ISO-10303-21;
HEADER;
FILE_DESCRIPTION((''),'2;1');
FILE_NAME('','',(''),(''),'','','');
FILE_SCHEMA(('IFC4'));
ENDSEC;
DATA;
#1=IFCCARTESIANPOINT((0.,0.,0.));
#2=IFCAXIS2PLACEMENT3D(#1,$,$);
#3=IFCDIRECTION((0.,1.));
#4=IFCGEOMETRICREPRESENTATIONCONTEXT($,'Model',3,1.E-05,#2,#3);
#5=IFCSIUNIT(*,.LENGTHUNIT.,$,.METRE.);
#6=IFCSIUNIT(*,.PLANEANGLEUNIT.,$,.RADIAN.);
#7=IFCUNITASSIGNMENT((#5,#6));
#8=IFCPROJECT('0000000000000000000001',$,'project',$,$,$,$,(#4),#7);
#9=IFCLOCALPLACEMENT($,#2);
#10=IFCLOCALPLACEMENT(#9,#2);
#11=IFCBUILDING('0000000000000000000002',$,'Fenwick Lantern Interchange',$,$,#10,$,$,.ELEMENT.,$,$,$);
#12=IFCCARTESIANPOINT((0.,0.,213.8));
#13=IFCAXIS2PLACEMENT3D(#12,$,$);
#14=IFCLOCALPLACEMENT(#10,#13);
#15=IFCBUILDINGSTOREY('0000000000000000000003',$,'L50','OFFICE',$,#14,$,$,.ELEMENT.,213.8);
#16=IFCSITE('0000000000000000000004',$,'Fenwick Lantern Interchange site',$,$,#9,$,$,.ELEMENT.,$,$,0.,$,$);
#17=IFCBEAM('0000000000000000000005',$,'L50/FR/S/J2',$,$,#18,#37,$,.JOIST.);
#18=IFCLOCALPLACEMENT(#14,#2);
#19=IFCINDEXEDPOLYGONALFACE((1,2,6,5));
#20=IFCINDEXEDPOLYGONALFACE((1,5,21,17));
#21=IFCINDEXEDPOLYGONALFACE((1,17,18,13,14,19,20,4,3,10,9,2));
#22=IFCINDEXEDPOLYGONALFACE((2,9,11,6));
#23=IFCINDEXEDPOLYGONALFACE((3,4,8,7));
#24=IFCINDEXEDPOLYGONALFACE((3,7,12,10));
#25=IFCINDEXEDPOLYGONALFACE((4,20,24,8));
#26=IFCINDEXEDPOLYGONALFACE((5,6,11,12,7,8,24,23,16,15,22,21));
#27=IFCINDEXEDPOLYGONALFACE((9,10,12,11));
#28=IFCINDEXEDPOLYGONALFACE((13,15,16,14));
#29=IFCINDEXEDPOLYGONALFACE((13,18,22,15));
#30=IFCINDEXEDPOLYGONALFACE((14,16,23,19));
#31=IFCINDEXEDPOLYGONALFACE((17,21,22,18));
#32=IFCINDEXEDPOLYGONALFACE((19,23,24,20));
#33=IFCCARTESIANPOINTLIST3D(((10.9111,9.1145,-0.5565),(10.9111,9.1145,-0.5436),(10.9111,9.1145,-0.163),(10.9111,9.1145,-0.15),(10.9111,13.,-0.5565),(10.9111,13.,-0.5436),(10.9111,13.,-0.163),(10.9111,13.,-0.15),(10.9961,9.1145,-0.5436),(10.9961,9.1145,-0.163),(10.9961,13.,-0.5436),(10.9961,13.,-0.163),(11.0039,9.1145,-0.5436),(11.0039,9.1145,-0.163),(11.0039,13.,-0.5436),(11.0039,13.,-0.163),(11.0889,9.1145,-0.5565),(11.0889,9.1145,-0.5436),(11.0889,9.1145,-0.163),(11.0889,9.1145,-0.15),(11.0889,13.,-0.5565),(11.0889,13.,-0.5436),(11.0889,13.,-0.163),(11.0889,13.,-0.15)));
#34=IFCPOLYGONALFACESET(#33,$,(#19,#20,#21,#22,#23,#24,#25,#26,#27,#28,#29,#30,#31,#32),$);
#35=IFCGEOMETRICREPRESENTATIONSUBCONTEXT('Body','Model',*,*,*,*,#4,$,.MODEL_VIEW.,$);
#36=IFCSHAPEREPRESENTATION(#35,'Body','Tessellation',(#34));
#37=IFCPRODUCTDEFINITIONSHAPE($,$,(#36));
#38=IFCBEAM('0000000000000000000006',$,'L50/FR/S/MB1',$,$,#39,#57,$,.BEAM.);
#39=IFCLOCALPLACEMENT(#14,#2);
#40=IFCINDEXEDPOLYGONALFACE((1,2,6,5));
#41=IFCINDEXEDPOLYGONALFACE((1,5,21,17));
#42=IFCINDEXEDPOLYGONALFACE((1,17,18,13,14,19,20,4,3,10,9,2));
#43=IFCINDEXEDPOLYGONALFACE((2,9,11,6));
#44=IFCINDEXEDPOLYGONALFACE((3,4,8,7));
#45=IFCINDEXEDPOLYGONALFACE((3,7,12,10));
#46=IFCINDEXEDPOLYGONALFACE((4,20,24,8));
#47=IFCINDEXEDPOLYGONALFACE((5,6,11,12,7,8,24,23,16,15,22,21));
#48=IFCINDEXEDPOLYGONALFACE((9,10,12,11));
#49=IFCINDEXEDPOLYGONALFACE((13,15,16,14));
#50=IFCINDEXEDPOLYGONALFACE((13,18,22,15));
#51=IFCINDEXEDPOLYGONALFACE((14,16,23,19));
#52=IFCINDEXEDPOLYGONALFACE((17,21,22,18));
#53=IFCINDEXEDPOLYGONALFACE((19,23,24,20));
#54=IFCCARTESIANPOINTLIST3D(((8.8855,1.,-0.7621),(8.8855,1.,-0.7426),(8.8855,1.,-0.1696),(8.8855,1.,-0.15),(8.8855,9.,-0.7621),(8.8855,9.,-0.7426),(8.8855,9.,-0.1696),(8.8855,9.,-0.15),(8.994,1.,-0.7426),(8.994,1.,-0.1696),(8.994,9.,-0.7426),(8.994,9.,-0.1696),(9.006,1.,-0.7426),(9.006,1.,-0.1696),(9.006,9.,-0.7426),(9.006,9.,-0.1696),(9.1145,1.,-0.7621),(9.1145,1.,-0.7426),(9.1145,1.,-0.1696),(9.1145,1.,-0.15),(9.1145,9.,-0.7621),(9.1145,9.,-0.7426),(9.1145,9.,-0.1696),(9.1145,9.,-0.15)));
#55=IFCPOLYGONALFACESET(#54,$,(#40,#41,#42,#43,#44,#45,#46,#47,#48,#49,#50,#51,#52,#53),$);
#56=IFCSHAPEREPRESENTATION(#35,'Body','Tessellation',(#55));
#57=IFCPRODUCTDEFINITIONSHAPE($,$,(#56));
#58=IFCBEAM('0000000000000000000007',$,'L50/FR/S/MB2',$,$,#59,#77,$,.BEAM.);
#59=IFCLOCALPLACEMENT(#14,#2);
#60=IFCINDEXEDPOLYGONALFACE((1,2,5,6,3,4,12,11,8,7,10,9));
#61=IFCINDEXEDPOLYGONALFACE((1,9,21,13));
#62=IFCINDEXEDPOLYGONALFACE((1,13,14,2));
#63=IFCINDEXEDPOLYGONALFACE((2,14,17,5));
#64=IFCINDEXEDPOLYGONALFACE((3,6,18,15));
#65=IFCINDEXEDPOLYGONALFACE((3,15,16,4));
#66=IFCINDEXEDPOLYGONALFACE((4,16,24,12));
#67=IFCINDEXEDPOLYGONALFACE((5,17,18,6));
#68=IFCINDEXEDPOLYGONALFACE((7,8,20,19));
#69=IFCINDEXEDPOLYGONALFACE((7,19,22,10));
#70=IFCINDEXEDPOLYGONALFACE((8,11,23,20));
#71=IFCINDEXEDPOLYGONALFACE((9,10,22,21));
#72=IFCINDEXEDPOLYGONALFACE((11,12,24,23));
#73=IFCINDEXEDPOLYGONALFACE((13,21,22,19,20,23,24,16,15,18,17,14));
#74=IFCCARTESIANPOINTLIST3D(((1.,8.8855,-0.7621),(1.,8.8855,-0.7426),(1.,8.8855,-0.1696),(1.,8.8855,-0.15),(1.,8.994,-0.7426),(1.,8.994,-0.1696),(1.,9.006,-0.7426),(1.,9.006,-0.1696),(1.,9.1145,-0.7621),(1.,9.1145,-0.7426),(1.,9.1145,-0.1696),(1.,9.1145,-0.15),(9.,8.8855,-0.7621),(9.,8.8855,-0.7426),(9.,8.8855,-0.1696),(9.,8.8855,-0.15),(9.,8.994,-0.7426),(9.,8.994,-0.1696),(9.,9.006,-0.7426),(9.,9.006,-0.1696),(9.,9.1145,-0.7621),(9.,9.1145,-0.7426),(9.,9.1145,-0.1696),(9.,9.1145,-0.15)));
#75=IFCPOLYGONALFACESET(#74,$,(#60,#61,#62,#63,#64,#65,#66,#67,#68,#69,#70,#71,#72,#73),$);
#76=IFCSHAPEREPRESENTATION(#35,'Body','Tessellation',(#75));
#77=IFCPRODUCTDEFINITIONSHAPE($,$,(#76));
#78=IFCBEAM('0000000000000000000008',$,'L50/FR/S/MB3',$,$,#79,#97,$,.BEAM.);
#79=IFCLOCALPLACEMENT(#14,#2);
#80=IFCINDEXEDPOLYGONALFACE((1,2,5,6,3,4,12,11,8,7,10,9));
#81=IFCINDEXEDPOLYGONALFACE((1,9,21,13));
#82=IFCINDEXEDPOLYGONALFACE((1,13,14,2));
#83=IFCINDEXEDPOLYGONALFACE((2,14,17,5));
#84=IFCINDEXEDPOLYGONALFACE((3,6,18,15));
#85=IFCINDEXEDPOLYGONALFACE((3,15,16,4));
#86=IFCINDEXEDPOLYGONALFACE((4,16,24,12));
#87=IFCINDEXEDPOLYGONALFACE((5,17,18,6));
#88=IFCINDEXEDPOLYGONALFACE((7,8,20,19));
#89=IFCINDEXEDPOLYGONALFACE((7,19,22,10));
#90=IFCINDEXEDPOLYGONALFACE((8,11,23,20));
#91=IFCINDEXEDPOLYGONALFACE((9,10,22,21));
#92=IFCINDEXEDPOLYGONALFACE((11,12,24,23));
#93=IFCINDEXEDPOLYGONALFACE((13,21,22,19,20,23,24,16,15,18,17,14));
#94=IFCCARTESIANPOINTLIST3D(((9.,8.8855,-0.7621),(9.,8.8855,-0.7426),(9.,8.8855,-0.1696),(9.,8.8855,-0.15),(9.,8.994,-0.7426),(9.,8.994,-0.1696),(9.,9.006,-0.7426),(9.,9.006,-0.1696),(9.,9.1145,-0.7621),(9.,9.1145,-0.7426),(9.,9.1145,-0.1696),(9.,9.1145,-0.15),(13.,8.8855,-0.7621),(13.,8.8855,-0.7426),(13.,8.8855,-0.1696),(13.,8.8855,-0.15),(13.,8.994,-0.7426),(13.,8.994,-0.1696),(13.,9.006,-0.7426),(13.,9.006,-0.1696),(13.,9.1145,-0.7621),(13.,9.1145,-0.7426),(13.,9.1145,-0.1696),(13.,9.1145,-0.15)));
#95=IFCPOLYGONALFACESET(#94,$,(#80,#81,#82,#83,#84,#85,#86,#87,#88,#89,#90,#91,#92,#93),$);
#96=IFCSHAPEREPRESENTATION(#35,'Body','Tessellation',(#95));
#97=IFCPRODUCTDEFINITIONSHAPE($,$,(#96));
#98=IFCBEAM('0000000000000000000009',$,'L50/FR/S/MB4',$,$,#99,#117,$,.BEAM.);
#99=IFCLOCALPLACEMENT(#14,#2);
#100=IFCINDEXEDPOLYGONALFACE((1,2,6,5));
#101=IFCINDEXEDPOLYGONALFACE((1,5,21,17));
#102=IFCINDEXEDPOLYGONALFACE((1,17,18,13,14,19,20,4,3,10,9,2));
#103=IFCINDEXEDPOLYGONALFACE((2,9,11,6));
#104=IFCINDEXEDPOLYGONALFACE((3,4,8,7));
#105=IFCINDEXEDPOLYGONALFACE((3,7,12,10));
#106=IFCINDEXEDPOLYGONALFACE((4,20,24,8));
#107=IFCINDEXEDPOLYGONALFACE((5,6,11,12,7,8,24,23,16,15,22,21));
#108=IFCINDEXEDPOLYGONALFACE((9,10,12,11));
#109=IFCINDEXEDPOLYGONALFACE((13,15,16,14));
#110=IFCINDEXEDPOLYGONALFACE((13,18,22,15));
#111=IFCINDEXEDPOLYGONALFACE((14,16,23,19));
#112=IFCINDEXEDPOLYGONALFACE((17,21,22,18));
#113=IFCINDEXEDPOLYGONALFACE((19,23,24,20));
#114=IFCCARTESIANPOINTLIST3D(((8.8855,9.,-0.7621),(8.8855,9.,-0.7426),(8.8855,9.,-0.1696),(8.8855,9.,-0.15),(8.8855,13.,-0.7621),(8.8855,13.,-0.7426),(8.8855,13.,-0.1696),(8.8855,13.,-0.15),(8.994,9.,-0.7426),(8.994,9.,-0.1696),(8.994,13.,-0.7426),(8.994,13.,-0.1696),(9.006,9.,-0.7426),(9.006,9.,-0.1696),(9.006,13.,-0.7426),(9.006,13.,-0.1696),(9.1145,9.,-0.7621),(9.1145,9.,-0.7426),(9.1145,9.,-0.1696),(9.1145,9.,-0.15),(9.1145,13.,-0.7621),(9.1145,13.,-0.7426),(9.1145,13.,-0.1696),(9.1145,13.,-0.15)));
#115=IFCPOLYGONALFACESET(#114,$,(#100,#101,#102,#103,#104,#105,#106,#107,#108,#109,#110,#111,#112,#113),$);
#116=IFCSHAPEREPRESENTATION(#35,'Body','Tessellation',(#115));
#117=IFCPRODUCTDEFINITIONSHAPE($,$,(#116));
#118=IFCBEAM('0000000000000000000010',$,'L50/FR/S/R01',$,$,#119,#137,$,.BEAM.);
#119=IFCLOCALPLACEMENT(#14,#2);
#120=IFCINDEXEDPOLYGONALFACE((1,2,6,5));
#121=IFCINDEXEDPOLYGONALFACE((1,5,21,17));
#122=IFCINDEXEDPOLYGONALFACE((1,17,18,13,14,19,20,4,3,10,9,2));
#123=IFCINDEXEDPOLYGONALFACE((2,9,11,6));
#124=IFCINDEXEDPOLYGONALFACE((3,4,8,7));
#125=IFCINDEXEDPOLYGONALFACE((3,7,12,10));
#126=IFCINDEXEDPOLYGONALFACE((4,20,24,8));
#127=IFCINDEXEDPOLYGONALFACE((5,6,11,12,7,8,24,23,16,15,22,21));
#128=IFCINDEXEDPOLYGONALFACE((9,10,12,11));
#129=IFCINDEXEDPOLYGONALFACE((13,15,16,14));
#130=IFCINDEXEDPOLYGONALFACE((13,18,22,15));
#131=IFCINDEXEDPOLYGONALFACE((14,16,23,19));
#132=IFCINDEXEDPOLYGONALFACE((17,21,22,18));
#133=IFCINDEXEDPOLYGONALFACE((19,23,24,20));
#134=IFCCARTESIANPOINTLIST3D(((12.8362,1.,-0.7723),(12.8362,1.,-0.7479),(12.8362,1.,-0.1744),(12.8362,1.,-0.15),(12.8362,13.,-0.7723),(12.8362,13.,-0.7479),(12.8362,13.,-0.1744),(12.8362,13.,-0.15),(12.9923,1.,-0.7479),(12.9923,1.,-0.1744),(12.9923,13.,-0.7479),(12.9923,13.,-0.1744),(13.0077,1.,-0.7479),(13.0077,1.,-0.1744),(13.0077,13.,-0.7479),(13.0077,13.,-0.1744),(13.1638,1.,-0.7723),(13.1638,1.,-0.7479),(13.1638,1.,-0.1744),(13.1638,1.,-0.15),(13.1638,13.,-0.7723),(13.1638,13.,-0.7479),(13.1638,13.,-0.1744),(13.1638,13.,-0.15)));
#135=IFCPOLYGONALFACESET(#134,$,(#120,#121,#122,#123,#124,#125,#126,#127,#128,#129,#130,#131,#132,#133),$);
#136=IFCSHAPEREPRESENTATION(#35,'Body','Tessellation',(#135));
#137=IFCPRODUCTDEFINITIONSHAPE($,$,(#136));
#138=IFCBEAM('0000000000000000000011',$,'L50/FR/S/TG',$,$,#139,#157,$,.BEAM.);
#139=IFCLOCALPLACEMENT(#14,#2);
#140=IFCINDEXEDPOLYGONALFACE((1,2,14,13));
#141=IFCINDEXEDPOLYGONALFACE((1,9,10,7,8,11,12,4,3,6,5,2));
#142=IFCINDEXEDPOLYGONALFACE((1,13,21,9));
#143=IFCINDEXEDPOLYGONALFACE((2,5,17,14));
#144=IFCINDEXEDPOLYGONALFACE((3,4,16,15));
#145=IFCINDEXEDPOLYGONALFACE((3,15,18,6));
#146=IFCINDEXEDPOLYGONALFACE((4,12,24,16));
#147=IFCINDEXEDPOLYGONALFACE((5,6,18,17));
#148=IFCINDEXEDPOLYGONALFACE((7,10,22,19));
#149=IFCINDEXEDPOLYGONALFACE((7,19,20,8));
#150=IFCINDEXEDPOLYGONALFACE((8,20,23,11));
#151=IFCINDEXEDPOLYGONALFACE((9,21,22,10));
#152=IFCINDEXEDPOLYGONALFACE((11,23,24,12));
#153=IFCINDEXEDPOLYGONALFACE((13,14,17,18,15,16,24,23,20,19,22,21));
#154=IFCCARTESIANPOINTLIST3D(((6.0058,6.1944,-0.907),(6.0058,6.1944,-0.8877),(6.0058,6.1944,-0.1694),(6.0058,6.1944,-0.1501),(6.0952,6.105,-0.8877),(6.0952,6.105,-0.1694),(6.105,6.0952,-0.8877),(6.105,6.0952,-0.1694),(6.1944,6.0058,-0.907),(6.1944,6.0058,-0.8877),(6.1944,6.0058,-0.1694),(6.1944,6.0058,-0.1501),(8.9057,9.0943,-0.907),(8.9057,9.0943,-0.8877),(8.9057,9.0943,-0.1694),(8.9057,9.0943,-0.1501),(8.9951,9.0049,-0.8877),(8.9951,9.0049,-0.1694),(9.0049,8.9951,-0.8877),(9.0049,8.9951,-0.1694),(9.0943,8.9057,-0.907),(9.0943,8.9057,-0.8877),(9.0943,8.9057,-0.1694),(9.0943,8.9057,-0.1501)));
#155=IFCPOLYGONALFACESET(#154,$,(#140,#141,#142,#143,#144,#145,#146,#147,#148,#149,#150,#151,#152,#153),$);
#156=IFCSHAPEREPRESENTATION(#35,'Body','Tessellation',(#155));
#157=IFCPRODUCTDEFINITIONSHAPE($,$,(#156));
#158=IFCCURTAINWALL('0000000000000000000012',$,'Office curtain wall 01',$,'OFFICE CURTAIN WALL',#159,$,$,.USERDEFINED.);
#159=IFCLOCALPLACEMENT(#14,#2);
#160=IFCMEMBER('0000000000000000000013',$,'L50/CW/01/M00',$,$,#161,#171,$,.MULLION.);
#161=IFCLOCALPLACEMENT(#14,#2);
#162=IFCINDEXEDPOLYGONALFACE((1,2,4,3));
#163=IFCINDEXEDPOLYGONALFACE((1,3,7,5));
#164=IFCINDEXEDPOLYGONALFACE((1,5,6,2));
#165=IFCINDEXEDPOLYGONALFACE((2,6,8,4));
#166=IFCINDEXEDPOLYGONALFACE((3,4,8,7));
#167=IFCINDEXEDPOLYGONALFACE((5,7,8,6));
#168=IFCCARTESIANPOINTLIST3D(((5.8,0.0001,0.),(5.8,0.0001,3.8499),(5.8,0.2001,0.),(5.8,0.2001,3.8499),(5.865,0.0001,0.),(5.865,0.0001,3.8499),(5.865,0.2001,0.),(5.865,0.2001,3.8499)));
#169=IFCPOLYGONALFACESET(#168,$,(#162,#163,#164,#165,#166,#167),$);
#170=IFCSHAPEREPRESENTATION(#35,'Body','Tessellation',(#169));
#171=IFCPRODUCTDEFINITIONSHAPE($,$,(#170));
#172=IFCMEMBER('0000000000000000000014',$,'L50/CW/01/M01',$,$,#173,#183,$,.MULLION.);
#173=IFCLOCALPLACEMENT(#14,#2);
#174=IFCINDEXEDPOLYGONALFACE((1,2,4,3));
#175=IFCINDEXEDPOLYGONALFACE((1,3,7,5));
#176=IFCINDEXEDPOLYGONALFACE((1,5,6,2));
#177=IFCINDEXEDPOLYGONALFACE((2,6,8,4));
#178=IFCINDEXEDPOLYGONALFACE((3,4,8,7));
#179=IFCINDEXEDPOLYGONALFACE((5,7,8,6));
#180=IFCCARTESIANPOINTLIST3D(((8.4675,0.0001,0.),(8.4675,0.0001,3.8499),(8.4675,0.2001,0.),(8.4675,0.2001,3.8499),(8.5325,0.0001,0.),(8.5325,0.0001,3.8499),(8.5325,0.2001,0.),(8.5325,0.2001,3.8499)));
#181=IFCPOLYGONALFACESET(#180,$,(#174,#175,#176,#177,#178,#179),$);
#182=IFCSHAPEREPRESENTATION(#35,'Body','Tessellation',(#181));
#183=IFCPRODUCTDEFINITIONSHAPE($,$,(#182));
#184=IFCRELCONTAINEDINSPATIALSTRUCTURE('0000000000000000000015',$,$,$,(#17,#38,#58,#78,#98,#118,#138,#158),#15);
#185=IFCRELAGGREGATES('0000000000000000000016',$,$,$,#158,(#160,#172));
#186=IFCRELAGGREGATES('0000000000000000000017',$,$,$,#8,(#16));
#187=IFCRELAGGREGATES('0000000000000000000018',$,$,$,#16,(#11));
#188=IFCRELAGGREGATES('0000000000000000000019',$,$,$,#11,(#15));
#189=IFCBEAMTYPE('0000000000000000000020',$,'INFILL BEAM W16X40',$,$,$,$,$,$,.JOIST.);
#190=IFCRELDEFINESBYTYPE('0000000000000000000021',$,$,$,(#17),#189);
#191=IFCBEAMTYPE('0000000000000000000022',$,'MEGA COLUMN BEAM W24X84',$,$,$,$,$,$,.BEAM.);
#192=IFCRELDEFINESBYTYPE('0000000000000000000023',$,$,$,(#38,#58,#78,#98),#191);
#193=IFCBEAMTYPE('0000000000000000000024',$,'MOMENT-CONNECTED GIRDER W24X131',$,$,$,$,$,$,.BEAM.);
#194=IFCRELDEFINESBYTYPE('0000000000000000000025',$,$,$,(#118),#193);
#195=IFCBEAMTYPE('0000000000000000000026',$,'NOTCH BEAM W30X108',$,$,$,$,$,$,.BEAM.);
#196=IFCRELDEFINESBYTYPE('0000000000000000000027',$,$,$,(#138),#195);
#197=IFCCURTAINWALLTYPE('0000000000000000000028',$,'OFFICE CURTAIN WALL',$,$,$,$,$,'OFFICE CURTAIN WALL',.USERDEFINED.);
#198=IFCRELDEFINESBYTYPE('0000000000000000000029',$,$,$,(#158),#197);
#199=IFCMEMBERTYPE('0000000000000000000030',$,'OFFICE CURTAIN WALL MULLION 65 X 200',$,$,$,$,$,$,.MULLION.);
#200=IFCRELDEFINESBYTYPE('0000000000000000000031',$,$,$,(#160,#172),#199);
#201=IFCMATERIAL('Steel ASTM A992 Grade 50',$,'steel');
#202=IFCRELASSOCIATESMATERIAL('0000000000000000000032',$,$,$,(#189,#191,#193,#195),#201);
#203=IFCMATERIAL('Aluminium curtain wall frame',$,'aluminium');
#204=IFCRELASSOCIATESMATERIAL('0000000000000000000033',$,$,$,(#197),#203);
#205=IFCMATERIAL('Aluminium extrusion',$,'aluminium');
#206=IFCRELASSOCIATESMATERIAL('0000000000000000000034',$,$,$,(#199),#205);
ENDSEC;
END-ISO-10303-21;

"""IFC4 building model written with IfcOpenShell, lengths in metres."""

from ifc_helpers import new_model, si_unit, direction, frame, origin, origin_2d, place, context, subcontext, project, spatial, rectangle, i_section, extrude, material, material_profile, profile_set, type_object, element, aggregate, save


model = new_model("IFC4")

# Units and contexts
model_context = context("Model", 3, precision=1e-05, world=origin(), true_north=direction((0.0, 1.0)))
body_context = subcontext(model_context, "Body", "Model", "MODEL_VIEW")
ifc_project = project(units=[si_unit("LENGTHUNIT", "METRE"), si_unit("PLANEANGLEUNIT", "RADIAN")], contexts=[model_context])

# Site, building, storey
site_placement = place(None, origin())
site = spatial("IfcSite", under=ifc_project, at=site_placement, Name="Fenwick Lantern Interchange site", CompositionType="ELEMENT", RefElevation=0.0)
building_placement = place(site_placement, origin())
building = spatial("IfcBuilding", under=site, at=building_placement, Name="Fenwick Lantern Interchange", CompositionType="ELEMENT")
storey_placement = place(building_placement, frame((0.0, 0.0, 213.8)))
storey = spatial("IfcBuildingStorey", under=building, at=storey_placement, Name="L50", Description="OFFICE", CompositionType="ELEMENT", Elevation=213.8)

# Shared definitions
ifc_material_1 = material(Name="Steel ASTM A992 Grade 50", Category="steel")

# Beams
ifc_material_profile_1 = material_profile(ifc_material_1, i_section(OverallWidth=0.1777, OverallDepth=0.4065, WebThickness=0.0078, FlangeThickness=0.0129, at=origin_2d()), Name="W16X40")
ifc_profile_set_1 = profile_set([ifc_material_profile_1], Name="Steel ASTM A992 Grade 50")
beam_type_1 = type_object("IfcBeamType", Name="INFILL BEAM W16X40", PredefinedType="JOIST", material=ifc_profile_set_1)
beam_1_placement = place(storey_placement, frame((11.0, 9.1145, -0.3533), z_axis=(0.0, 1.0, 0.0), x_axis=(-1.0, 0.0, 0.0)))
element("IfcBeam", 1, at=beam_1_placement, inside=storey, type_object=beam_type_1, Name="L50/FR/S/J2", PredefinedType="JOIST", context=body_context, shape_type="SweptSolid", body=[
    extrude(i_section(OverallWidth=0.1777, OverallDepth=0.4065, WebThickness=0.0078, FlangeThickness=0.0129, at=origin_2d()), origin(), (0.0, 0.0, 1.0), 3.8855),
])
ifc_material_profile_2 = material_profile(ifc_material_1, i_section(OverallWidth=0.229, OverallDepth=0.6121, WebThickness=0.012, FlangeThickness=0.0195, at=origin_2d()), Name="W24X84")
ifc_profile_set_2 = profile_set([ifc_material_profile_2], Name="Steel ASTM A992 Grade 50")
beam_type_2 = type_object("IfcBeamType", Name="MEGA COLUMN BEAM W24X84", PredefinedType="BEAM", material=ifc_profile_set_2)
for number, where, z_axis, x_axis, name in (
    (2, (9.0, 9.0, -0.4561), (0.0, -1.0, 0.0), (1.0, 0.0, 0.0), "L50/FR/S/MB1"),
    (3, (9.0, 9.0, -0.4561), (-1.0, 0.0, 0.0), (0.0, -1.0, 0.0), "L50/FR/S/MB2"),
):
    element("IfcBeam", number, at=place(storey_placement, frame(where, z_axis=z_axis, x_axis=x_axis)), inside=storey, type_object=beam_type_2, Name=name, PredefinedType="BEAM", context=body_context, shape_type="SweptSolid", body=[
        extrude(i_section(OverallWidth=0.229, OverallDepth=0.6121, WebThickness=0.012, FlangeThickness=0.0195, at=origin_2d()), origin(), (0.0, 0.0, 1.0), 8.0),
    ])
for number, where, z_axis, x_axis, name in (
    (4, (9.0, 9.0, -0.4561), (1.0, 0.0, 0.0), (0.0, 1.0, 0.0), "L50/FR/S/MB3"),
    (5, (9.0, 9.0, -0.4561), (0.0, 1.0, 0.0), (-1.0, 0.0, 0.0), "L50/FR/S/MB4"),
):
    element("IfcBeam", number, at=place(storey_placement, frame(where, z_axis=z_axis, x_axis=x_axis)), inside=storey, type_object=beam_type_2, Name=name, PredefinedType="BEAM", context=body_context, shape_type="SweptSolid", body=[
        extrude(i_section(OverallWidth=0.229, OverallDepth=0.6121, WebThickness=0.012, FlangeThickness=0.0195, at=origin_2d()), origin(), (0.0, 0.0, 1.0), 4.0),
    ])
ifc_material_profile_3 = material_profile(ifc_material_1, i_section(OverallWidth=0.3276, OverallDepth=0.6223, WebThickness=0.0154, FlangeThickness=0.0244, at=origin_2d()), Name="W24X131")
ifc_profile_set_3 = profile_set([ifc_material_profile_3], Name="Steel ASTM A992 Grade 50")
beam_type_3 = type_object("IfcBeamType", Name="MOMENT-CONNECTED GIRDER W24X131", PredefinedType="BEAM", material=ifc_profile_set_3)
beam_2_placement = place(storey_placement, frame((13.0, 1.0, -0.4612), z_axis=(0.0, 1.0, 0.0), x_axis=(-1.0, 0.0, 0.0)))
element("IfcBeam", 6, at=beam_2_placement, inside=storey, type_object=beam_type_3, Name="L50/FR/S/R01", PredefinedType="BEAM", context=body_context, shape_type="SweptSolid", body=[
    extrude(i_section(OverallWidth=0.3276, OverallDepth=0.6223, WebThickness=0.0154, FlangeThickness=0.0244, at=origin_2d()), origin(), (0.0, 0.0, 1.0), 12.0),
])
ifc_material_profile_4 = material_profile(ifc_material_1, i_section(OverallWidth=0.2666, OverallDepth=0.7568, WebThickness=0.0139, FlangeThickness=0.0193, at=origin_2d()), Name="W30X108")
ifc_profile_set_4 = profile_set([ifc_material_profile_4], Name="Steel ASTM A992 Grade 50")
beam_type_4 = type_object("IfcBeamType", Name="NOTCH BEAM W30X108", PredefinedType="BEAM", material=ifc_profile_set_4)
beam_3_placement = place(storey_placement, frame((9.0, 9.0, -0.5286), z_axis=(-0.707107, -0.707107, 0.0), x_axis=(0.707107, -0.707107, 0.0)))
element("IfcBeam", 7, at=beam_3_placement, inside=storey, type_object=beam_type_4, Name="L50/FR/S/TG", PredefinedType="BEAM", context=body_context, shape_type="SweptSolid", body=[
    extrude(i_section(OverallWidth=0.2666, OverallDepth=0.7568, WebThickness=0.0139, FlangeThickness=0.0193, at=origin_2d()), origin(), (0.0, 0.0, 1.0), 4.1011),
])

# Curtain wall, members
ifc_material_2 = material(Name="Aluminium curtain wall frame", Category="aluminium")
curtain_wall_type = type_object("IfcCurtainWallType", Name="OFFICE CURTAIN WALL", ElementType="OFFICE CURTAIN WALL", PredefinedType="USERDEFINED", material=ifc_material_2)
curtain_wall_1_placement = place(storey_placement, origin())
curtain_wall_1 = element("IfcCurtainWall", 8, at=curtain_wall_1_placement, inside=storey, type_object=curtain_wall_type, Name="Office curtain wall 01", ObjectType="OFFICE CURTAIN WALL", PredefinedType="USERDEFINED")
ifc_material_3 = material(Name="Aluminium extrusion", Category="aluminium")
ifc_material_profile_5 = material_profile(ifc_material_3, rectangle(XDim=0.2, YDim=0.0649, at=origin_2d()), Name="OFFICE CURTAIN WALL MULLION 65 X 200")
ifc_profile_set_5 = profile_set([ifc_material_profile_5], Name="Aluminium extrusion")
member_type_1 = type_object("IfcMemberType", Name="OFFICE CURTAIN WALL MULLION 65 X 200", PredefinedType="MULLION", material=ifc_profile_set_5)
member_1_placement = place(storey_placement, frame((5.8325, 0.1001, 0.0), z_axis=(0.0, 0.0, 1.0), x_axis=(0.0, 1.0, 0.0)))
member_1 = element("IfcMember", 9, at=member_1_placement, type_object=member_type_1, Name="L50/CW/01/M00", PredefinedType="MULLION", context=body_context, shape_type="SweptSolid", body=[
    extrude(rectangle(XDim=0.2, YDim=0.0649, at=origin_2d()), origin(), (0.0, 0.0, 1.0), 3.8499),
])
member_2_placement = place(storey_placement, frame((8.5, 0.1001, 0.0), z_axis=(0.0, 0.0, 1.0), x_axis=(0.0, 1.0, 0.0)))
member_2 = element("IfcMember", 10, at=member_2_placement, type_object=member_type_1, Name="L50/CW/01/M01", PredefinedType="MULLION", context=body_context, shape_type="SweptSolid", body=[
    extrude(rectangle(XDim=0.2, YDim=0.0649, at=origin_2d()), origin(), (0.0, 0.0, 1.0), 3.8499),
])

aggregate(curtain_wall_1, [member_1, member_2])

save(model, "model.ifc")
